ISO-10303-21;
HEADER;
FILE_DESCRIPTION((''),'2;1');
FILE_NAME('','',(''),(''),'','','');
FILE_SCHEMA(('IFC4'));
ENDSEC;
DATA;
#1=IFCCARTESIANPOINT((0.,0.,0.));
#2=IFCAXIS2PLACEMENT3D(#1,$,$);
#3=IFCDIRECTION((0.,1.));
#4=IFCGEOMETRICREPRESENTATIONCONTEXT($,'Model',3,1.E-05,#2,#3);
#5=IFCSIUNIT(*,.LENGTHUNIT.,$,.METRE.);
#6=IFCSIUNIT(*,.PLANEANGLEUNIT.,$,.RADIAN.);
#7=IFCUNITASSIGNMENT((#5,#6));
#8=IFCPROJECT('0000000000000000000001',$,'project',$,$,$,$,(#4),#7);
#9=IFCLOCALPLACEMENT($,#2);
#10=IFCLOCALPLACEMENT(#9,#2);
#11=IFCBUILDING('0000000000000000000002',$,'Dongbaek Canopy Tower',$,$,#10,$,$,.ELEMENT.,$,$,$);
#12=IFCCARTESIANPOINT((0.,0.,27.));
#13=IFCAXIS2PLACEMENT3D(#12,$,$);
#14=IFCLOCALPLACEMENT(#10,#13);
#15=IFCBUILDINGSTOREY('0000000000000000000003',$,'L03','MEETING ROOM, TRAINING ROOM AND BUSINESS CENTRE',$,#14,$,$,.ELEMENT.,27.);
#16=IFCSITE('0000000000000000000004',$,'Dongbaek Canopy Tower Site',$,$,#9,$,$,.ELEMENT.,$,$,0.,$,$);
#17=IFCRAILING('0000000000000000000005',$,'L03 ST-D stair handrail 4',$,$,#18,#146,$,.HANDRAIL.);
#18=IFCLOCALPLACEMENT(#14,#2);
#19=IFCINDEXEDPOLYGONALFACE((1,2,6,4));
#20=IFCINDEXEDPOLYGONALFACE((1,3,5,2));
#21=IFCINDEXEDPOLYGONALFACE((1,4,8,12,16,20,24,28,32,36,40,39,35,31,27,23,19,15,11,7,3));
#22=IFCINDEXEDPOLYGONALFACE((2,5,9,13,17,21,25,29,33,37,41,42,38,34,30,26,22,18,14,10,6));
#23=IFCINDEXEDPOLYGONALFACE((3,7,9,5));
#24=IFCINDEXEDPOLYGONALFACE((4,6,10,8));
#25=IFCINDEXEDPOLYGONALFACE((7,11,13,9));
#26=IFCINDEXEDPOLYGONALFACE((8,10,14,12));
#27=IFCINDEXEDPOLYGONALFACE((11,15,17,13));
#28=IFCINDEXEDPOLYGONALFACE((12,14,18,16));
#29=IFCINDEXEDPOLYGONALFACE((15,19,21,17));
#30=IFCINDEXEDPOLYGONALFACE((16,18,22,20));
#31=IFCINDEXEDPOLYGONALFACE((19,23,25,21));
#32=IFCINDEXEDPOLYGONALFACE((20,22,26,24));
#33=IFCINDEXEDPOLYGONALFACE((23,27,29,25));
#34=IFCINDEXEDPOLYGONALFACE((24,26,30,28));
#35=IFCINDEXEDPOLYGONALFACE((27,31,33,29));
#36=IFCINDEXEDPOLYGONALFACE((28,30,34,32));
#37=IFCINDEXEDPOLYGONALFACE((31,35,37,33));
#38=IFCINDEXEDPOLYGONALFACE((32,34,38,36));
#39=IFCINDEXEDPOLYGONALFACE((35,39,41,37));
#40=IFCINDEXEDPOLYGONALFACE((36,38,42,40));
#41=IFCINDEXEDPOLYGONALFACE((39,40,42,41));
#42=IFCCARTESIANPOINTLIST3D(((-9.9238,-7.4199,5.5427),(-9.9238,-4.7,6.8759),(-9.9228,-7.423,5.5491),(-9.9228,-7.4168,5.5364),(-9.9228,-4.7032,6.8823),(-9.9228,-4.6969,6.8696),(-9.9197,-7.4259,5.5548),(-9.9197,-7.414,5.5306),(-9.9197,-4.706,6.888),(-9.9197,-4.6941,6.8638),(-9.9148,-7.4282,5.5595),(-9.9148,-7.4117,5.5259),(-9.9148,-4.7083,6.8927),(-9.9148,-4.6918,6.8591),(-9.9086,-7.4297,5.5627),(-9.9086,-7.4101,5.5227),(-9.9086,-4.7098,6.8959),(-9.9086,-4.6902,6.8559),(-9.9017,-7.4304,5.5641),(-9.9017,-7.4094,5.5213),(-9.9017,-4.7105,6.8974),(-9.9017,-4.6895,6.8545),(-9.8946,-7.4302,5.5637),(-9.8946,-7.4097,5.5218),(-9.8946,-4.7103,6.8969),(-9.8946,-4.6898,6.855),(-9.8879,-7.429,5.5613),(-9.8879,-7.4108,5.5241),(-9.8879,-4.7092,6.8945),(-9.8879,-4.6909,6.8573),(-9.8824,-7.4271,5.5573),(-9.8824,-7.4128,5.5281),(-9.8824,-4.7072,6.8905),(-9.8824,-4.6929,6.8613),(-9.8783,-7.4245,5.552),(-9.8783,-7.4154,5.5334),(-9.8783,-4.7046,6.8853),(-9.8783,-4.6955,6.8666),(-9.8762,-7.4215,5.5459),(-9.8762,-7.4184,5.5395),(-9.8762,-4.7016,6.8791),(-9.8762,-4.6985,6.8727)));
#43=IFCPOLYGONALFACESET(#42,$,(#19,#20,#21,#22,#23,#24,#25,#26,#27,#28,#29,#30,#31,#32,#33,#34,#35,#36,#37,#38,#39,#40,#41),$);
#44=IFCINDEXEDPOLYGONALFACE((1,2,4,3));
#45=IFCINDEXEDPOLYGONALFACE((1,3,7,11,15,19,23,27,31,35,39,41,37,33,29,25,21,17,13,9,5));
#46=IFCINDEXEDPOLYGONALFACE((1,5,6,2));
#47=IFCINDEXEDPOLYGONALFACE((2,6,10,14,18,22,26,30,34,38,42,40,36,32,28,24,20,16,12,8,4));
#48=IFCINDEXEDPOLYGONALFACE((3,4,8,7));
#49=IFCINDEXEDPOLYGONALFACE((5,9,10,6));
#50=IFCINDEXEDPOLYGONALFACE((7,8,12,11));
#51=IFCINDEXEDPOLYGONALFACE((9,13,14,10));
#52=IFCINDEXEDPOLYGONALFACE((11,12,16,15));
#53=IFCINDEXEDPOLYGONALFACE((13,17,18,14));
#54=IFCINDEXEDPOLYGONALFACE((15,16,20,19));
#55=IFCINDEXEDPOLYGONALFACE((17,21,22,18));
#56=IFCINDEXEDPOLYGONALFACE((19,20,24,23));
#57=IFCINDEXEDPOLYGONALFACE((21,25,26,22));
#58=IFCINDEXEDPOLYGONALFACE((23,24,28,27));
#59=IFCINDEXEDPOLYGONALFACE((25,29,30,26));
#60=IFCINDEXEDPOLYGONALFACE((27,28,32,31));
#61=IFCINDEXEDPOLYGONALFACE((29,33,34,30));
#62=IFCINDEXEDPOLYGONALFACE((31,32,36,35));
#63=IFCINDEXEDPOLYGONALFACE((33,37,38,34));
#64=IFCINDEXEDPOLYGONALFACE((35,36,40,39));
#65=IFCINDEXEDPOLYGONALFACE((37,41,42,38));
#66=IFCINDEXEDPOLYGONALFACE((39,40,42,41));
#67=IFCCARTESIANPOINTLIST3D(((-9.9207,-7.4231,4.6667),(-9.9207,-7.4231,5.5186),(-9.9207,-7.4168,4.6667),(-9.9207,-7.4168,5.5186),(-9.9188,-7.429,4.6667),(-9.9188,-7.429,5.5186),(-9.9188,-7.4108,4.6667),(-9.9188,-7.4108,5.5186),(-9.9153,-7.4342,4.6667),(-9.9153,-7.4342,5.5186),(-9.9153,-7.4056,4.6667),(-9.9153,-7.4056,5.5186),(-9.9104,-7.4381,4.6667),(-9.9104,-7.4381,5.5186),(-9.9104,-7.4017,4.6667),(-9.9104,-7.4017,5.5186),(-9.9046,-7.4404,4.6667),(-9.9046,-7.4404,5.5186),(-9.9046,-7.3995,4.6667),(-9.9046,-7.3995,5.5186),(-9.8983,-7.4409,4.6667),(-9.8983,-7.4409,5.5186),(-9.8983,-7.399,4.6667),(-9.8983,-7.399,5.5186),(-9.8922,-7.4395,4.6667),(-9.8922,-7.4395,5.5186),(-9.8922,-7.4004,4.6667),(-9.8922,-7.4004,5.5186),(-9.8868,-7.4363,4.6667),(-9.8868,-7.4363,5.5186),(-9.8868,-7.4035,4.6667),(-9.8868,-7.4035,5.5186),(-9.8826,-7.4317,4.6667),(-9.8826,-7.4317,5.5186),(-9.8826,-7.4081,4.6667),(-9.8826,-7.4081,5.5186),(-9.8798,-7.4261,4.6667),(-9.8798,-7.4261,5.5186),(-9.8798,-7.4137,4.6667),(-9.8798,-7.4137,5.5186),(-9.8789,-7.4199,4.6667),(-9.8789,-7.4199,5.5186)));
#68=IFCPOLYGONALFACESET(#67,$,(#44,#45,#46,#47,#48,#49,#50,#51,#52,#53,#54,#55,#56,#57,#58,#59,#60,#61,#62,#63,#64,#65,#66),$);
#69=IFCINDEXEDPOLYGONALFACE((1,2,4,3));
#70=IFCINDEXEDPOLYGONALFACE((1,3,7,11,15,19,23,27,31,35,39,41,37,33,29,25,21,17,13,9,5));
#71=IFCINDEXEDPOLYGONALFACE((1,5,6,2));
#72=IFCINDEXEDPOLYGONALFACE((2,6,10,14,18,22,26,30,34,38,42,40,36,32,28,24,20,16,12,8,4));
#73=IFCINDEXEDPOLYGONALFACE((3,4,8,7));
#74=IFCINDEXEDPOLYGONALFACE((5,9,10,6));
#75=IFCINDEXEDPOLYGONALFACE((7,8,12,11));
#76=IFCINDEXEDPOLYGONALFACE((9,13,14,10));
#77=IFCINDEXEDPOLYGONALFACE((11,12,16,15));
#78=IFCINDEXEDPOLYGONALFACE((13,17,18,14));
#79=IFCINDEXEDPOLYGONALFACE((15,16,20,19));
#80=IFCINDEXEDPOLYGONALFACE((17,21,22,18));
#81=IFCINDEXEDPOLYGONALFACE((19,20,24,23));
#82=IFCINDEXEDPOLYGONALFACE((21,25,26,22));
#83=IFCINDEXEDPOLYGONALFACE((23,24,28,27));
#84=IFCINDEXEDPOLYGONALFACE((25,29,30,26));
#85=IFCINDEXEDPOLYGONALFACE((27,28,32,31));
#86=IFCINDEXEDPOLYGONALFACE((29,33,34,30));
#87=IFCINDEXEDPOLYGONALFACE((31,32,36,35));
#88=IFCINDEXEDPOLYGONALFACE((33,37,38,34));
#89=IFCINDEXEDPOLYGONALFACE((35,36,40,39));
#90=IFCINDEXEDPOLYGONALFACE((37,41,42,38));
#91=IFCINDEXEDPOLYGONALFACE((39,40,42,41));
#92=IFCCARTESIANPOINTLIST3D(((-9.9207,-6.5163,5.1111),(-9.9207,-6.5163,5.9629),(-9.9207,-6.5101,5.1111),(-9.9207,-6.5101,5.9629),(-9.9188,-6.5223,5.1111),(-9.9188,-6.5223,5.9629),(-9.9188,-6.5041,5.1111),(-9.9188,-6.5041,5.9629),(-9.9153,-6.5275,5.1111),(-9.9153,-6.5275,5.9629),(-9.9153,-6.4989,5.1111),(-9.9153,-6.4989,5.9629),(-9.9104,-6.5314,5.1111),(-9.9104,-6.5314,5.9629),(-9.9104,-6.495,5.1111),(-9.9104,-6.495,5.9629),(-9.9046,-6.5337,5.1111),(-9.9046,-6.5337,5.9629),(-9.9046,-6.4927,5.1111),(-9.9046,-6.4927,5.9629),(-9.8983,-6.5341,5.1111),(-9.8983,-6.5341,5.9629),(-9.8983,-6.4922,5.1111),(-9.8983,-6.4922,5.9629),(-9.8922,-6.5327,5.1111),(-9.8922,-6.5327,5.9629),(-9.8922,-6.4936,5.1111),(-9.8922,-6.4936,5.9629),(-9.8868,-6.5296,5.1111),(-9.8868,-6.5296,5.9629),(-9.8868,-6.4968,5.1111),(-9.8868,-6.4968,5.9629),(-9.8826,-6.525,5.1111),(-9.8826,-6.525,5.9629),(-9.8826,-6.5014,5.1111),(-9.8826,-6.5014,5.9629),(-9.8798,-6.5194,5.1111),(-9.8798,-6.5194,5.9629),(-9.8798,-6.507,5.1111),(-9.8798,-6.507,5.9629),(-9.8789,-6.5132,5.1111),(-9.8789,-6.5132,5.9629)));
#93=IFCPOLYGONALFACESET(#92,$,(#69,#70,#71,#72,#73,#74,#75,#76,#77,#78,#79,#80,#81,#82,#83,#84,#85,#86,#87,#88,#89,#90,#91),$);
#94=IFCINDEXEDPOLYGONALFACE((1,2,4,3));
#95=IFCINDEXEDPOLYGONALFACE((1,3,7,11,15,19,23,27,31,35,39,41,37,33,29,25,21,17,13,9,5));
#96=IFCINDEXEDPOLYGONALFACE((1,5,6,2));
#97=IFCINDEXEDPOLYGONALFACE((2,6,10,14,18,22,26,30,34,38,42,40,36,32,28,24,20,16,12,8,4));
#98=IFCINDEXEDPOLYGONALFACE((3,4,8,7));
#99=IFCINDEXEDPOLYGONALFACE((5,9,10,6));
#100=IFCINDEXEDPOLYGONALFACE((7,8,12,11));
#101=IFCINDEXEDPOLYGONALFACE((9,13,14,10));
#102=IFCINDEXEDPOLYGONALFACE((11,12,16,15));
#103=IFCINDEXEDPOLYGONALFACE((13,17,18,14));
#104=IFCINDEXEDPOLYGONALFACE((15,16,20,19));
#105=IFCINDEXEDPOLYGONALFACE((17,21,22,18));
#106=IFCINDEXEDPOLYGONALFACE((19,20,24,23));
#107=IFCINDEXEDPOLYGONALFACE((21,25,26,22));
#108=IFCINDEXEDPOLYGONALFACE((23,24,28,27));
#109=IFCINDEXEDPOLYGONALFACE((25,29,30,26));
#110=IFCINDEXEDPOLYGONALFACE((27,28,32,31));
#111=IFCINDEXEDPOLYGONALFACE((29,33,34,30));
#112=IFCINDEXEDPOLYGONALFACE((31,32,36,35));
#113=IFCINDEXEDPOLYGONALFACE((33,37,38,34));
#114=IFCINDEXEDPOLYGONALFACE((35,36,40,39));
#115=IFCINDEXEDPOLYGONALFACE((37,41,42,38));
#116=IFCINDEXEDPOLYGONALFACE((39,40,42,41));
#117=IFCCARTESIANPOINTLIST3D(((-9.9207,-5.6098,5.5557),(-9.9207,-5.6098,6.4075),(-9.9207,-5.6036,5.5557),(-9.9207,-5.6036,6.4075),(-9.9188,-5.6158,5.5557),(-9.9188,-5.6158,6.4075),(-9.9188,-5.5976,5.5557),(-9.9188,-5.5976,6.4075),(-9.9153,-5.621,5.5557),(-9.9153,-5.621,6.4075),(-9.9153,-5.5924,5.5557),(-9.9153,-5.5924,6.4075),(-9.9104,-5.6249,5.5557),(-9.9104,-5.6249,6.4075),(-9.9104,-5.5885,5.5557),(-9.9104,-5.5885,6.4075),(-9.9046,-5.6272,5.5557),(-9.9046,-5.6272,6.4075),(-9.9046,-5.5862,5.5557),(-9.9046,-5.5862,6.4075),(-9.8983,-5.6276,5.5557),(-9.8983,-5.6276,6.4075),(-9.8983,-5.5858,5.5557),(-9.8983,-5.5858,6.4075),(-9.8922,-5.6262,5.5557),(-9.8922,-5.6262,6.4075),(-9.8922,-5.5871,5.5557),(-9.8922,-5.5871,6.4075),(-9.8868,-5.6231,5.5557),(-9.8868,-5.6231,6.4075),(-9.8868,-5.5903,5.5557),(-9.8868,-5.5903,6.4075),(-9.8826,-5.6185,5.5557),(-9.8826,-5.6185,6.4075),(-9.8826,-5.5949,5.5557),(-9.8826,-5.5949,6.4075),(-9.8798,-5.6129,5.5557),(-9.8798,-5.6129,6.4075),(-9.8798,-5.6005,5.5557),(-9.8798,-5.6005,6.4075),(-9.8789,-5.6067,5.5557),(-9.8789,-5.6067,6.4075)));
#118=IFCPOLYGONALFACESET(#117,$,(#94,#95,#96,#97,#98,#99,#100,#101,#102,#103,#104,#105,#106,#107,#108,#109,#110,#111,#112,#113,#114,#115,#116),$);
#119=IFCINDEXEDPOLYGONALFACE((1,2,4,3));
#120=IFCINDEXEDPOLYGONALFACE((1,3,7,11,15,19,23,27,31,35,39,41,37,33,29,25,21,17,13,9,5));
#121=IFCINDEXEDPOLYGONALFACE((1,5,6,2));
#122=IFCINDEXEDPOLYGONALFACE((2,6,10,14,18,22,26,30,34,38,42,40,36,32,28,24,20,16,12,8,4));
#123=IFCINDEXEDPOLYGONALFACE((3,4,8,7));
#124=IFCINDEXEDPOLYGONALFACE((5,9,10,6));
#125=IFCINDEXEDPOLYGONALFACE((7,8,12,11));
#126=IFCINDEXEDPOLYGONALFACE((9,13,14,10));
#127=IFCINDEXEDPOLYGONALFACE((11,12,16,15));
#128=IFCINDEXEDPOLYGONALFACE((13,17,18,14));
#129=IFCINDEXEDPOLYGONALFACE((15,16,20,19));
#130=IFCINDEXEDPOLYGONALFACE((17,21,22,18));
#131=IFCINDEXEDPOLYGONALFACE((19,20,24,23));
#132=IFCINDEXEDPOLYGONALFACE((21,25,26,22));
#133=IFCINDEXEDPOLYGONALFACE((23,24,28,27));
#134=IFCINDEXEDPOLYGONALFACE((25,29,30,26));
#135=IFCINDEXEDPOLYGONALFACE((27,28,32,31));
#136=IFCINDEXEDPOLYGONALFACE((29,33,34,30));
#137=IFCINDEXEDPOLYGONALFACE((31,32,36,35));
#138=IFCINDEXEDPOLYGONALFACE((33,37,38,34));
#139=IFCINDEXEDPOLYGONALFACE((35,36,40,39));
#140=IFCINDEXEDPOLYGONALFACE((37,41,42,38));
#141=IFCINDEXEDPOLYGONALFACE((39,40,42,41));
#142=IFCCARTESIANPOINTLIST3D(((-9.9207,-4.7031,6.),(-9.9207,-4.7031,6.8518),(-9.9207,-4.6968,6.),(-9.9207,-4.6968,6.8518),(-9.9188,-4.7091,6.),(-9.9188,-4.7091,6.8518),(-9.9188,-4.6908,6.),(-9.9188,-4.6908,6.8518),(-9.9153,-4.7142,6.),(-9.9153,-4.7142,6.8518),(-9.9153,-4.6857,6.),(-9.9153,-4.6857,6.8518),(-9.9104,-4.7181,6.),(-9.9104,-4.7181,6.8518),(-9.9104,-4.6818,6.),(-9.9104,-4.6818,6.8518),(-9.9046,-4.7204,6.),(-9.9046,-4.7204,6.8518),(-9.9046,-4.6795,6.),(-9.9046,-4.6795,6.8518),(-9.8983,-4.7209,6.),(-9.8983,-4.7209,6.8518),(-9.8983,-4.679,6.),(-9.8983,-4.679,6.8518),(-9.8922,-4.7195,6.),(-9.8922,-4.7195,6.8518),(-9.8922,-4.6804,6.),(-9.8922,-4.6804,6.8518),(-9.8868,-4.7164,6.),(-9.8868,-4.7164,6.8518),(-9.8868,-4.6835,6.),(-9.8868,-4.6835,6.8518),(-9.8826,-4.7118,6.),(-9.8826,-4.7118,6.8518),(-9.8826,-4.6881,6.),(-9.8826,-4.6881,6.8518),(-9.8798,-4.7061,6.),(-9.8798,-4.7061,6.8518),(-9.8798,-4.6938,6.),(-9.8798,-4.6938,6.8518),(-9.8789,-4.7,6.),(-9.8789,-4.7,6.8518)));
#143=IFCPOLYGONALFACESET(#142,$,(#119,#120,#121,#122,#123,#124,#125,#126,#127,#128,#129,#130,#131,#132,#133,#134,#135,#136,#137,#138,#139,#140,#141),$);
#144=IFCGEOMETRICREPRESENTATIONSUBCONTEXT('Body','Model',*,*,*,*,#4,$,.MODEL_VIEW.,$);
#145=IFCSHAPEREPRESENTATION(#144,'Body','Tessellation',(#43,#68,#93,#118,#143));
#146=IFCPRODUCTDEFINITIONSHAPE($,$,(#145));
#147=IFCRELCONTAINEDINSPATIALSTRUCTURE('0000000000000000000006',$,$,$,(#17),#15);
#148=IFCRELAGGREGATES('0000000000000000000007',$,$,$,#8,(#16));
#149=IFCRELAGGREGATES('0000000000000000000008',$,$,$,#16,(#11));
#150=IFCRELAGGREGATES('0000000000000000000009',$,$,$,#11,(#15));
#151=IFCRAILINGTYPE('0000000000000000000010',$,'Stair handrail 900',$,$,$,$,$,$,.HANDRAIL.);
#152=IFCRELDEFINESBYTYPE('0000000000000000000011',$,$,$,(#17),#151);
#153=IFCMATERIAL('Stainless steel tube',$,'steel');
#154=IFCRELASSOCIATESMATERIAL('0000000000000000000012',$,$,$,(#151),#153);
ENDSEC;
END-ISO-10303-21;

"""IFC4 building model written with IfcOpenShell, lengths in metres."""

from ifc_helpers import new_model, si_unit, direction, frame, origin, origin_2d, place, context, subcontext, project, spatial, circle, extrude, material, type_object, element, save


model = new_model("IFC4")

# Units and contexts
model_context = context("Model", 3, precision=1e-05, world=origin(), true_north=direction((0.0, 1.0)))
body_context = subcontext(model_context, "Body", "Model", "MODEL_VIEW")
ifc_project = project(units=[si_unit("LENGTHUNIT", "METRE"), si_unit("PLANEANGLEUNIT", "RADIAN")], contexts=[model_context])

# Site, building, storey
site_placement = place(None, origin())
site = spatial("IfcSite", under=ifc_project, at=site_placement, Name="Dongbaek Canopy Tower Site", CompositionType="ELEMENT", RefElevation=0.0)
building_placement = place(site_placement, origin())
building = spatial("IfcBuilding", under=site, at=building_placement, Name="Dongbaek Canopy Tower", CompositionType="ELEMENT")
storey_placement = place(building_placement, frame((0.0, 0.0, 27.0)))
storey = spatial("IfcBuildingStorey", under=building, at=storey_placement, Name="L03", Description="MEETING ROOM, TRAINING ROOM AND BUSINESS CENTRE", CompositionType="ELEMENT", Elevation=27.0)

# Railing
ifc_material_1 = material(Name="Stainless steel tube", Category="steel")
railing_type_1 = type_object("IfcRailingType", Name="Stair handrail 900", PredefinedType="HANDRAIL", material=ifc_material_1)
for number, where, name in (
    (1, (-9.8999, -7.4199, 4.6667), "L03 ST-D stair handrail 4"),
):
    element("IfcRailing", number, at=place(storey_placement, frame(where)), inside=storey, type_object=railing_type_1, Name=name, PredefinedType="HANDRAIL", context=body_context, shape_type="SweptSolid", body=[
        extrude(circle(Radius=0.0239, at=origin_2d()), frame((0.0, 0.0, 0.876), z_axis=(0.0, 0.897929, 0.440139), x_axis=(-1.0, 0.0, 0.0)), (0.0, 0.0, 1.0), 3.0291),
        extrude(circle(Radius=0.021, at=origin_2d()), origin(), (0.0, 0.0, 1.0), 0.8518),
        extrude(circle(Radius=0.021, at=origin_2d()), frame((0.0, 0.9067, 0.4443)), (0.0, 0.0, 1.0), 0.8518),
        extrude(circle(Radius=0.021, at=origin_2d()), frame((0.0, 1.8132, 0.8889)), (0.0, 0.0, 1.0), 0.8518),
        extrude(circle(Radius=0.021, at=origin_2d()), frame((0.0, 2.72, 1.3333)), (0.0, 0.0, 1.0), 0.8518),
    ])

save(model, "model.ifc")
